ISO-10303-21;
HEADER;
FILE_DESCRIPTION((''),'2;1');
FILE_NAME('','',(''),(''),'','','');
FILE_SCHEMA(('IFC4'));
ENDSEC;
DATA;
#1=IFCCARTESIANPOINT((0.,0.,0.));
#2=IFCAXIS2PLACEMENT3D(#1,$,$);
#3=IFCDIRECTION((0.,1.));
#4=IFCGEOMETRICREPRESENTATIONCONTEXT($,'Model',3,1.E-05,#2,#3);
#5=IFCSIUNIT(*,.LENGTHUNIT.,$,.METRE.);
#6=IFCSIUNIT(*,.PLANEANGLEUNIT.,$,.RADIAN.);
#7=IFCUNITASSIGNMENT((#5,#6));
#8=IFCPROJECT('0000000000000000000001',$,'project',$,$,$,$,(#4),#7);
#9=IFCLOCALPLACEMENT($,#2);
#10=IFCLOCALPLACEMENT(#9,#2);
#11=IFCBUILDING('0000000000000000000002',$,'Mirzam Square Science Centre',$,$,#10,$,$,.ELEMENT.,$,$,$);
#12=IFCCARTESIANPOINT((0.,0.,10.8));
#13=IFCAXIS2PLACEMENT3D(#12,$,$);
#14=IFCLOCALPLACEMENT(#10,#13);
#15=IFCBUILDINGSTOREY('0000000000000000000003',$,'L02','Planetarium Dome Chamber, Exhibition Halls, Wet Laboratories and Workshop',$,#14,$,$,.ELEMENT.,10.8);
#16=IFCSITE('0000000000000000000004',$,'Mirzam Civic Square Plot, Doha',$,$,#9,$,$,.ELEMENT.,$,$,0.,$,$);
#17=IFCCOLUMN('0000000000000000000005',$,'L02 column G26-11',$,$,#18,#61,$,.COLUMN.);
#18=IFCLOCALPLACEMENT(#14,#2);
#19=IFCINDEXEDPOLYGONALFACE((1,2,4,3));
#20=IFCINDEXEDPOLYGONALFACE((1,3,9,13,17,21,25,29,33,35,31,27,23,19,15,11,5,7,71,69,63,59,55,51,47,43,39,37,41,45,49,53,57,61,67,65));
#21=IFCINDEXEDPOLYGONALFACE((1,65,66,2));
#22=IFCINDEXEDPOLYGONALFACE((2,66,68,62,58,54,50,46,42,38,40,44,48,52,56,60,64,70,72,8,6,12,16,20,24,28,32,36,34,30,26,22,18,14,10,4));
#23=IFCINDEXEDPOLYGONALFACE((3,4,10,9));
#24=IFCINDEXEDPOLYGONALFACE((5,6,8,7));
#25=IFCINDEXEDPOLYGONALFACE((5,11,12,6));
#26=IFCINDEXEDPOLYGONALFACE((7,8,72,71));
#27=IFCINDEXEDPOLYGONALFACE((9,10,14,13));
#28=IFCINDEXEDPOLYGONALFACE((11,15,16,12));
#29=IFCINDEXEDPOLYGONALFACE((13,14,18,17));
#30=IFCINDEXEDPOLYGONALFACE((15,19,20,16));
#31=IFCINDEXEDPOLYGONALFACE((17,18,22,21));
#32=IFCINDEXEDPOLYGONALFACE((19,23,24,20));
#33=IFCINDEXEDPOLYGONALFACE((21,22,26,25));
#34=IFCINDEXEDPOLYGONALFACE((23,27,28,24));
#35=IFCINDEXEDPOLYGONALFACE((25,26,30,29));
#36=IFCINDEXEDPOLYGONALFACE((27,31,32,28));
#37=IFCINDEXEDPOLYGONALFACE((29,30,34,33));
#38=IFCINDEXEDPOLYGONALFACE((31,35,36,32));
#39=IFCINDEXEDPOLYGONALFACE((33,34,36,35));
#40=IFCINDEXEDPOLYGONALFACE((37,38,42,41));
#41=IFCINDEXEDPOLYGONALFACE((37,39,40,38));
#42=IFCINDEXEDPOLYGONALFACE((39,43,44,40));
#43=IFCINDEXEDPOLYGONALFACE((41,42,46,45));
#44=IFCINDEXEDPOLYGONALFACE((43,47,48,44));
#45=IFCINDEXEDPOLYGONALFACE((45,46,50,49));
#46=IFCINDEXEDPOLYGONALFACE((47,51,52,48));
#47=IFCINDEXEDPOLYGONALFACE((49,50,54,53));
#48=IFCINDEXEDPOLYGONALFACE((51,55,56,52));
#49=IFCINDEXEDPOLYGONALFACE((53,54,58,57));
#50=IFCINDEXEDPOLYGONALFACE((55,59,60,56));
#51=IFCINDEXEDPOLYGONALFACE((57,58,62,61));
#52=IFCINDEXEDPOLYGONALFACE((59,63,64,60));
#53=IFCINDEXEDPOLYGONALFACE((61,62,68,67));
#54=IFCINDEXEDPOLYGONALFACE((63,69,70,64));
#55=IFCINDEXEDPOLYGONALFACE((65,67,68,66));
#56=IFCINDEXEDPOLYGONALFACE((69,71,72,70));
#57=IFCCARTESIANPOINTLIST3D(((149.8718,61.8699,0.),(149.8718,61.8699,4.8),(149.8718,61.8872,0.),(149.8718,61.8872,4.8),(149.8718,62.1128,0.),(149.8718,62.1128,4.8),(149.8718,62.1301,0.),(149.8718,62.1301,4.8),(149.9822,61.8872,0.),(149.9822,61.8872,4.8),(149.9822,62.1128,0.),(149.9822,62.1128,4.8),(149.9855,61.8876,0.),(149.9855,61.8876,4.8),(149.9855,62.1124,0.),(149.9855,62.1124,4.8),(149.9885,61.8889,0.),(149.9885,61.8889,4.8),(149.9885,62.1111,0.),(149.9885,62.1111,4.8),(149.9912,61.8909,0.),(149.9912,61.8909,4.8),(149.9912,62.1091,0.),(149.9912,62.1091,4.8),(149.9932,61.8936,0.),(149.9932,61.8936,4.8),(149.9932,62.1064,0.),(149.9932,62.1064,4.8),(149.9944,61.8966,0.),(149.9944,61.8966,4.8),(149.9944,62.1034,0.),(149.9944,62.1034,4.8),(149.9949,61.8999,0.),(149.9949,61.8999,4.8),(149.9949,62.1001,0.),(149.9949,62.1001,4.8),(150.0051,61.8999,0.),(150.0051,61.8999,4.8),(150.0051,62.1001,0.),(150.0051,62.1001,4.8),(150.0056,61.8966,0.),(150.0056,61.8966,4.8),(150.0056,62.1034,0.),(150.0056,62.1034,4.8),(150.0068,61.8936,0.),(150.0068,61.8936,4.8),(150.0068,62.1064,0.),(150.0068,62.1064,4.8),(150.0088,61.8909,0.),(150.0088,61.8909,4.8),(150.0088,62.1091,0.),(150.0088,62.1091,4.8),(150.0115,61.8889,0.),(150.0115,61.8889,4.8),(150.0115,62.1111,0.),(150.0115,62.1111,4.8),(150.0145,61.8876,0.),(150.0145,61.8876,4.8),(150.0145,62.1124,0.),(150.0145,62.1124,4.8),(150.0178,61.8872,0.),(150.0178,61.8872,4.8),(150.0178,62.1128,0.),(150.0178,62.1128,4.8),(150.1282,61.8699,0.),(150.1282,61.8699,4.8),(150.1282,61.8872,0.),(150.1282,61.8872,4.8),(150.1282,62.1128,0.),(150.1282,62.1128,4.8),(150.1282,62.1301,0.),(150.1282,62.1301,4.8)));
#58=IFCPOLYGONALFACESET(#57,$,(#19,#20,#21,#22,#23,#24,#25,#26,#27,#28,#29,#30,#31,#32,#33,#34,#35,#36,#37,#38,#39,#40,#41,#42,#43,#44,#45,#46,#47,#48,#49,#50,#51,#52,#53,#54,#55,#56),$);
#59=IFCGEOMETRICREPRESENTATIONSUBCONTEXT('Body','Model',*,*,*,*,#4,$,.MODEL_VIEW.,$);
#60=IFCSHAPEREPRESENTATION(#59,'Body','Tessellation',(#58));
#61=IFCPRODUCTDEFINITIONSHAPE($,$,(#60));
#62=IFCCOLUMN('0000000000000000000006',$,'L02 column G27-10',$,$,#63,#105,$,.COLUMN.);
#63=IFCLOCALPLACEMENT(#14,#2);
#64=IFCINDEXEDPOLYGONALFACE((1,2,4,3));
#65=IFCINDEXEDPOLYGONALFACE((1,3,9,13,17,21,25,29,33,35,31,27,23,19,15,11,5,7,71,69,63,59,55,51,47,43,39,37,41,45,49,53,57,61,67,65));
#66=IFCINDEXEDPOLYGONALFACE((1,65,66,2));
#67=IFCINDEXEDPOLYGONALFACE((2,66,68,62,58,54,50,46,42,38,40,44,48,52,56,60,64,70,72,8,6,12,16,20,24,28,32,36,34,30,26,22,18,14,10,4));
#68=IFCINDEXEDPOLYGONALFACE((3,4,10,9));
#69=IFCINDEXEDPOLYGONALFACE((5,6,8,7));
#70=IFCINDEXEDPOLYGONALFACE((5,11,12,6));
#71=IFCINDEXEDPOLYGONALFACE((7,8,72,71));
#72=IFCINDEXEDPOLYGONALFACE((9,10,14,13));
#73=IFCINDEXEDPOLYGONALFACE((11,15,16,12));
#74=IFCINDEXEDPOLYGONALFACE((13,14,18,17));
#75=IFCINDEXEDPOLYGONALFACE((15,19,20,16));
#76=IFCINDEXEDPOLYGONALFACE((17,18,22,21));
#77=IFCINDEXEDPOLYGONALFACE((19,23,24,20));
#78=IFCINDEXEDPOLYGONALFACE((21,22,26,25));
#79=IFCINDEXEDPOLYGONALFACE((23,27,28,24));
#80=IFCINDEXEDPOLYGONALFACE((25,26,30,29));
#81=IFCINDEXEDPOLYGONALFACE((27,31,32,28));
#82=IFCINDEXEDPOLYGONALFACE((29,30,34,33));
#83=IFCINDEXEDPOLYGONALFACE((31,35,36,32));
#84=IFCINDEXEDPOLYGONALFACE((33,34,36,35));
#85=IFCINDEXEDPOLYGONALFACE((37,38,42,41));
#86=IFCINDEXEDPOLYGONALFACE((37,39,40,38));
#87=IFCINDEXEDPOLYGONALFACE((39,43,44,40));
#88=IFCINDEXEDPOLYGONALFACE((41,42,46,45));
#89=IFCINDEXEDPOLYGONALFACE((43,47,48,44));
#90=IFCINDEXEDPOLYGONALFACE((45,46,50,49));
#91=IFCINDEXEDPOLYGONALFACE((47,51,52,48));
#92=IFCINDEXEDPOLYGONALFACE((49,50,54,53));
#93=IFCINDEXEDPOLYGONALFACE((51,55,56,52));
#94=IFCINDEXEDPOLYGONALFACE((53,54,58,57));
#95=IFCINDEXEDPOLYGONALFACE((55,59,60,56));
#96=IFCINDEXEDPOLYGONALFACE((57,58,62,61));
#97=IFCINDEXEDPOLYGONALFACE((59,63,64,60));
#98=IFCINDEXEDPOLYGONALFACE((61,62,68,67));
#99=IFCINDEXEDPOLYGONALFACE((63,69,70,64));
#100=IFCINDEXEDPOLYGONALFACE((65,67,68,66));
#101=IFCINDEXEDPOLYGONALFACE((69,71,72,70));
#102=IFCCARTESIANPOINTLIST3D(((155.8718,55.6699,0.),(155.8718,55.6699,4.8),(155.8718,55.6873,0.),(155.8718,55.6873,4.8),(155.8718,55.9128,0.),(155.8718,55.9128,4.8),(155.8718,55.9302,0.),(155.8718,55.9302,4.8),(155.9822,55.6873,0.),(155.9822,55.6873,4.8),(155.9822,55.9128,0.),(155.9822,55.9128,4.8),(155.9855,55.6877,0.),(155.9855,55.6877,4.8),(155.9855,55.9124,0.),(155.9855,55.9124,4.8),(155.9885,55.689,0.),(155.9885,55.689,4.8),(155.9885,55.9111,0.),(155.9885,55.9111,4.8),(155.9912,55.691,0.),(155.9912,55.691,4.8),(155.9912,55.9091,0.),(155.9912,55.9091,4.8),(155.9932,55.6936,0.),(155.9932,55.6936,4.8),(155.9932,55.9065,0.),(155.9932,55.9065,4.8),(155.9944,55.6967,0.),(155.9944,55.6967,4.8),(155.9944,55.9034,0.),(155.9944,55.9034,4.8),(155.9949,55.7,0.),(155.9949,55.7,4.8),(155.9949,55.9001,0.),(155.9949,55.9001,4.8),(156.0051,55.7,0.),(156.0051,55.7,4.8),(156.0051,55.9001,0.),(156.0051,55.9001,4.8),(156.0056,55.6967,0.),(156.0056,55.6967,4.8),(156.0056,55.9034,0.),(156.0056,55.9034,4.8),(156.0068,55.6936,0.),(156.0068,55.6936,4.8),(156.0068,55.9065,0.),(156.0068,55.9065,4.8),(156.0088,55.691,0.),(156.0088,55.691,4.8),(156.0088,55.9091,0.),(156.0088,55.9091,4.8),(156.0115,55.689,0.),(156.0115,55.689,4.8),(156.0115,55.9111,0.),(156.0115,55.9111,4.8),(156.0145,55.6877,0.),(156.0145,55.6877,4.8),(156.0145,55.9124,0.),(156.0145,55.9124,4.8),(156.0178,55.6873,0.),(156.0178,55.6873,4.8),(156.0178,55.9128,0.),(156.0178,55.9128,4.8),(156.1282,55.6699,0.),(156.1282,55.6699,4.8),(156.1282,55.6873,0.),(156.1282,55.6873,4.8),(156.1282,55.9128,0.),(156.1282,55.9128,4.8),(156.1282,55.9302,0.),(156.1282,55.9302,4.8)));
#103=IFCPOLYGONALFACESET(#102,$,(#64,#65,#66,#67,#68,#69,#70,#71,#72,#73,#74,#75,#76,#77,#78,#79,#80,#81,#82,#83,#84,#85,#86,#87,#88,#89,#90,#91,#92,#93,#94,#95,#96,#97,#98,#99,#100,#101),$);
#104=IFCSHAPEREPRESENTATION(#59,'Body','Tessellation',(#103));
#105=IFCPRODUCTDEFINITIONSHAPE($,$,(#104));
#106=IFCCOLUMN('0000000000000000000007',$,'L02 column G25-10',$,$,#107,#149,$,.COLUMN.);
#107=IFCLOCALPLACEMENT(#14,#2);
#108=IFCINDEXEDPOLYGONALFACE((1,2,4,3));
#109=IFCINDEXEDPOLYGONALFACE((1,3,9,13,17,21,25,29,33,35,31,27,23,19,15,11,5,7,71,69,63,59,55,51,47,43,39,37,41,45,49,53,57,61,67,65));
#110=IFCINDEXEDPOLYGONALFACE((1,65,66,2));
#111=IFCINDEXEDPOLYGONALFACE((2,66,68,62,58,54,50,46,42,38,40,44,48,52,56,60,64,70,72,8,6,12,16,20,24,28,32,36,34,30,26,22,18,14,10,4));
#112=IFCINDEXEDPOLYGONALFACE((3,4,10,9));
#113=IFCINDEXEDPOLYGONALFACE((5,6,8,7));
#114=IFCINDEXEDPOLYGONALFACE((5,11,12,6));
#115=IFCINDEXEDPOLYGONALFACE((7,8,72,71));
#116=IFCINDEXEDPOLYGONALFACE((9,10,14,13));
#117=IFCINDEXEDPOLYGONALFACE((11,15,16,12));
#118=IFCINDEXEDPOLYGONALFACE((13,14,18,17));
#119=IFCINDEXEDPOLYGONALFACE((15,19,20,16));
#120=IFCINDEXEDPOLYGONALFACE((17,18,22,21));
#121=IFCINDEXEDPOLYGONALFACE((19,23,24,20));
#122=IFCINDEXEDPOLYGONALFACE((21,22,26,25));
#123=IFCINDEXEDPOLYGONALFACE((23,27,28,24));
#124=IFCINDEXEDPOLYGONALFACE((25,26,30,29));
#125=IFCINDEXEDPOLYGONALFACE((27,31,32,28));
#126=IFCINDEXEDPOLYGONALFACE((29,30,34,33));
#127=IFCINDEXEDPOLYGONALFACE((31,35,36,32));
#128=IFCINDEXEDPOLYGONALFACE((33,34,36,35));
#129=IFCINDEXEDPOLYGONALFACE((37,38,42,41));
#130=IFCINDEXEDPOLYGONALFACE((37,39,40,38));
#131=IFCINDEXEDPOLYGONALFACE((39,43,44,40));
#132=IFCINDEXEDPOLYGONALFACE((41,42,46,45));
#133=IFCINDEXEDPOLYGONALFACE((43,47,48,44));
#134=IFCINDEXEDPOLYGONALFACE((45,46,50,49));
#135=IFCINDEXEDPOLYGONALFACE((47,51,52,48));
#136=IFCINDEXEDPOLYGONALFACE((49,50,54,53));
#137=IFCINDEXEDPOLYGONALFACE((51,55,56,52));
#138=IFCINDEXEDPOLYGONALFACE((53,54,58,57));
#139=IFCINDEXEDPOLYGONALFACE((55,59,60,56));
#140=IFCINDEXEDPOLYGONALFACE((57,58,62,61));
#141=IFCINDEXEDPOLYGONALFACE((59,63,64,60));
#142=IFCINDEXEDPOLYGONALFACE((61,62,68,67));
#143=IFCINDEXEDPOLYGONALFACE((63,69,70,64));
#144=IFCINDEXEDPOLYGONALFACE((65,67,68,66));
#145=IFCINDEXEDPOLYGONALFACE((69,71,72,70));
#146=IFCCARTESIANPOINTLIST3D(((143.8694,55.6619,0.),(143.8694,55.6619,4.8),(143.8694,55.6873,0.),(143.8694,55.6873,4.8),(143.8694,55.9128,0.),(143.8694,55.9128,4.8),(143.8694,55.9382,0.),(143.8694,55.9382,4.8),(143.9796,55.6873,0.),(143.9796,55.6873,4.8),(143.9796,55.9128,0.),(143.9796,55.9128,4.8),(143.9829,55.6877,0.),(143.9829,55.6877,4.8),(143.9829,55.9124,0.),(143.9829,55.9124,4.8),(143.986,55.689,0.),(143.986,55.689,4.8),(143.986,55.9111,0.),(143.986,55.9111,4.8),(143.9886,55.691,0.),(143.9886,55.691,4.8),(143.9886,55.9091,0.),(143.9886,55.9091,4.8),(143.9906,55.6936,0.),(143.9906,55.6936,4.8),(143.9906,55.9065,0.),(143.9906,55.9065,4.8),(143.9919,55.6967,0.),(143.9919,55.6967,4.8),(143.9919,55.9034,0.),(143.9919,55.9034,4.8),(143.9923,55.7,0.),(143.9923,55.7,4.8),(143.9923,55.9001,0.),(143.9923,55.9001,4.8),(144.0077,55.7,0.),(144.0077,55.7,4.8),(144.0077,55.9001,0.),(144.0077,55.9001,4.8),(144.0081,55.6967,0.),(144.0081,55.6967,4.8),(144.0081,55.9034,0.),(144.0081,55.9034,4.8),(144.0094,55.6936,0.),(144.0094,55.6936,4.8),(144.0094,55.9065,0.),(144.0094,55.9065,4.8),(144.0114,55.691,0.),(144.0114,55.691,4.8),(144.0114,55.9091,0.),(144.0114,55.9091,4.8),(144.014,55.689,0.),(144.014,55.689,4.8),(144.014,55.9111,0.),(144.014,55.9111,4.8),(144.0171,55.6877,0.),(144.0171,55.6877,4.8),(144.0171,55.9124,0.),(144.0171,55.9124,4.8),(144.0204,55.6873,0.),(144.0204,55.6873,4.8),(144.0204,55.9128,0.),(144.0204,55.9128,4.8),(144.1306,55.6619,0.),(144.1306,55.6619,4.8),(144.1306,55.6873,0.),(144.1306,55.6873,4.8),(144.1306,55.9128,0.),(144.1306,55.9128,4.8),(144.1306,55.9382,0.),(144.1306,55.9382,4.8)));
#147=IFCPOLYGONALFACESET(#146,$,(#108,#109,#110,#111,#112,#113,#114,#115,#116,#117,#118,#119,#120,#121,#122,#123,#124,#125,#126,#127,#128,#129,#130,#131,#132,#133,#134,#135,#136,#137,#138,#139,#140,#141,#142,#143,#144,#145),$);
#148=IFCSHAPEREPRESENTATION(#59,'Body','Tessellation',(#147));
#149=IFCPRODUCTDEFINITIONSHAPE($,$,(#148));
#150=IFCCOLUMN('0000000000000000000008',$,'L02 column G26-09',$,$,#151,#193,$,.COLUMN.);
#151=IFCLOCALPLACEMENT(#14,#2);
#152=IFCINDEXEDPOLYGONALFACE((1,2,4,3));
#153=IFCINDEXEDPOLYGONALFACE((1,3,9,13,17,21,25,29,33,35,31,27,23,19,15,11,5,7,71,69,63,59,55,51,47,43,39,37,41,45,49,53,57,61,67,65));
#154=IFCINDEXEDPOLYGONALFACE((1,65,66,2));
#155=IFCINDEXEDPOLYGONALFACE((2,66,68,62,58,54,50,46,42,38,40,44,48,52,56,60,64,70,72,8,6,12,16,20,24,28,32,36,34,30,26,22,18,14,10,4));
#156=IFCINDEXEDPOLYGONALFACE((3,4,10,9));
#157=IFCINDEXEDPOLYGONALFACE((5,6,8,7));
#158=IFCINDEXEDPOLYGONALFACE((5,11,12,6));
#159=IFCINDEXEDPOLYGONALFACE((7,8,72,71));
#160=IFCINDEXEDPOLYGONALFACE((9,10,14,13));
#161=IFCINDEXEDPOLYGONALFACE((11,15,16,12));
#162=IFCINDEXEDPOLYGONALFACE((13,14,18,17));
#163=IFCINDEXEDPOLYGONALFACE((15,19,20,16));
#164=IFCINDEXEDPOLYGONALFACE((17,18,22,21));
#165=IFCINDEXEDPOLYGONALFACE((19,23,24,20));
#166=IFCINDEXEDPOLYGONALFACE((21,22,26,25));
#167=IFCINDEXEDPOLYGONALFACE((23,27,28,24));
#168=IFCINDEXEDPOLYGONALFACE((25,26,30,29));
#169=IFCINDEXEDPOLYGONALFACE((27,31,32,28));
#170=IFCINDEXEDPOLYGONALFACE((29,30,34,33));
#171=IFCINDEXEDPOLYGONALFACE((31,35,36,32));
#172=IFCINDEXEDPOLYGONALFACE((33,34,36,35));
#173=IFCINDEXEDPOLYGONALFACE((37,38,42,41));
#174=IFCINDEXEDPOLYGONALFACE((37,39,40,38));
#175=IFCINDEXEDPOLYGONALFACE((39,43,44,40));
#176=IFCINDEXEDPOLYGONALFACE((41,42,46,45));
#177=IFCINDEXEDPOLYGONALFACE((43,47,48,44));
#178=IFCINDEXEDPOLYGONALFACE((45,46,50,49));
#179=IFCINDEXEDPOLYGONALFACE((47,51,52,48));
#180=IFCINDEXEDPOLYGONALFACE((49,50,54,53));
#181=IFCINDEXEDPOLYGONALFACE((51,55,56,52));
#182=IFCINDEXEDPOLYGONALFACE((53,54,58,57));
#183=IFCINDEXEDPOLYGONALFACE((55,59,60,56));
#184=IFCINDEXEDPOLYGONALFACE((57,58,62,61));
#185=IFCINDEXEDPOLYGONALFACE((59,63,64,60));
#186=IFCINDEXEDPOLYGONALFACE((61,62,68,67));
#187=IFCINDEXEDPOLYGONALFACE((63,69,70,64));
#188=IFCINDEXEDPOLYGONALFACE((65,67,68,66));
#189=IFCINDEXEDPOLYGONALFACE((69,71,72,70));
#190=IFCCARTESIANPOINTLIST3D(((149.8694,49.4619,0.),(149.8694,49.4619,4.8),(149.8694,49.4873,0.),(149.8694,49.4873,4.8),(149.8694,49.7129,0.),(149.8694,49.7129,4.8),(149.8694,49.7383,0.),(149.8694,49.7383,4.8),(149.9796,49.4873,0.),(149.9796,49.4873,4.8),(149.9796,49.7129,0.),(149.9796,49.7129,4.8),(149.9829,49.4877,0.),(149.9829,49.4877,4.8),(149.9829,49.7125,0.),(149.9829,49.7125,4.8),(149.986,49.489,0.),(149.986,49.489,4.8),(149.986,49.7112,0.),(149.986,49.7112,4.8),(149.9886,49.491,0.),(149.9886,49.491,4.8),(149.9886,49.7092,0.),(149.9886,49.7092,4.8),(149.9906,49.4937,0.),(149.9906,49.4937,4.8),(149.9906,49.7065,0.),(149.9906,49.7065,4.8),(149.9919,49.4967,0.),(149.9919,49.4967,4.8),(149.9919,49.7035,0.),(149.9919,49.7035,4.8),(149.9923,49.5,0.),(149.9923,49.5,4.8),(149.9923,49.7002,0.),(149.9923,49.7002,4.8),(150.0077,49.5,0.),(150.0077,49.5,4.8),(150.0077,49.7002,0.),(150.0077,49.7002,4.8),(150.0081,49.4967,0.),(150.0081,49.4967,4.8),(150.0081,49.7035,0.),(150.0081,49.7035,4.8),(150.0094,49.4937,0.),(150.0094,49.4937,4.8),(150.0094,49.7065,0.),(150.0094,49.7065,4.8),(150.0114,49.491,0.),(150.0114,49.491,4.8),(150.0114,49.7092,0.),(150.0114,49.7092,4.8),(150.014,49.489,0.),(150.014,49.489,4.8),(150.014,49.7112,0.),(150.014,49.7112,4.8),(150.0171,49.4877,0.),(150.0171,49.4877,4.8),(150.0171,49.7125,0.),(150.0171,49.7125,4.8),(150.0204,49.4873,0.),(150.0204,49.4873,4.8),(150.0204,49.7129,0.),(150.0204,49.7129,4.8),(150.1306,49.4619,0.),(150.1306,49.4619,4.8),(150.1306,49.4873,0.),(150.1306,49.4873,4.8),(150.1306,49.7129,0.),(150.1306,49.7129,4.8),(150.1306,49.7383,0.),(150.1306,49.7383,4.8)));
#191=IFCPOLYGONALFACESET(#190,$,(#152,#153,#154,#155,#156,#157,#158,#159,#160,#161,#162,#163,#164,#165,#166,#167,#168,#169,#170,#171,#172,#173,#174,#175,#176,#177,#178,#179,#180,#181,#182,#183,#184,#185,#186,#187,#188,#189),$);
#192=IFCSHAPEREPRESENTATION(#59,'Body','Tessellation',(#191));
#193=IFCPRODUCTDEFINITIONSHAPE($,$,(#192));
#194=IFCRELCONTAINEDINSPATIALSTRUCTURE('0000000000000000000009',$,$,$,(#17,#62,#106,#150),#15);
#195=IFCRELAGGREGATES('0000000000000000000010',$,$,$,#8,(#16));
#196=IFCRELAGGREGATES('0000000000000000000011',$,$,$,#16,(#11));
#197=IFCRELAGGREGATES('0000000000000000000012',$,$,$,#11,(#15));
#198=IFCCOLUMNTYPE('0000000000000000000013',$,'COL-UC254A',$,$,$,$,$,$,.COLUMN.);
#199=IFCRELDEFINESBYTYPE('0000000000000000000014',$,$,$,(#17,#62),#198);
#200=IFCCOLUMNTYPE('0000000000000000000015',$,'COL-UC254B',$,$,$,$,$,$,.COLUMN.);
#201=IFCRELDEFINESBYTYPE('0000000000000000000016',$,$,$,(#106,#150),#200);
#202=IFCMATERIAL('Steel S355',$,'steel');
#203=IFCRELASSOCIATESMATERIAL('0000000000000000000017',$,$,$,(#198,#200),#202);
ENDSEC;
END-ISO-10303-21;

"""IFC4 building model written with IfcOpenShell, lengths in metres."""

from ifc_helpers import new_model, si_unit, direction, frame, origin, origin_2d, place, context, subcontext, project, spatial, i_section, extrude, material, material_profile, profile_set, type_object, element, save


model = new_model("IFC4")

# Units and contexts
model_context = context("Model", 3, precision=1e-05, world=origin(), true_north=direction((0.0, 1.0)))
body_context = subcontext(model_context, "Body", "Model", "MODEL_VIEW")
ifc_project = project(units=[si_unit("LENGTHUNIT", "METRE"), si_unit("PLANEANGLEUNIT", "RADIAN")], contexts=[model_context])

# Site, building, storey
site_placement = place(None, origin())
site = spatial("IfcSite", under=ifc_project, at=site_placement, Name="Mirzam Civic Square Plot, Doha", CompositionType="ELEMENT", RefElevation=0.0)
building_placement = place(site_placement, origin())
building = spatial("IfcBuilding", under=site, at=building_placement, Name="Mirzam Square Science Centre", CompositionType="ELEMENT")
storey_placement = place(building_placement, frame((0.0, 0.0, 10.8)))
storey = spatial("IfcBuildingStorey", under=building, at=storey_placement, Name="L02", Description="Planetarium Dome Chamber, Exhibition Halls, Wet Laboratories and Workshop", CompositionType="ELEMENT", Elevation=10.8)

# Columns
ifc_material_1 = material(Name="Steel S355", Category="steel")
ifc_material_profile_1 = material_profile(ifc_material_1, i_section(OverallWidth=0.2563, OverallDepth=0.2603, WebThickness=0.0103, FlangeThickness=0.0173, FilletRadius=0.0127, at=origin_2d()), Name="254x254x89UC")
ifc_profile_set_1 = profile_set([ifc_material_profile_1], Name="Steel S355")
column_type_1 = type_object("IfcColumnType", Name="COL-UC254A", PredefinedType="COLUMN", material=ifc_profile_set_1)
for number, where, z_axis, x_axis, name in (
    (1, (150.0, 62.0, 0.0), (0.0, 0.0, 1.0), (1.0, 0.0, 0.0), "L02 column G26-11"),
    (2, (156.0, 55.8, 0.0), (0.0, 0.0, 1.0), (1.0, 0.0, 0.0), "L02 column G27-10"),
):
    element("IfcColumn", number, at=place(storey_placement, frame(where, z_axis=z_axis, x_axis=x_axis)), inside=storey, type_object=column_type_1, Name=name, PredefinedType="COLUMN", context=body_context, shape_type="SweptSolid", body=[
        extrude(i_section(OverallWidth=0.2563, OverallDepth=0.2603, WebThickness=0.0103, FlangeThickness=0.0173, FilletRadius=0.0127, at=origin_2d()), origin(), (0.0, 0.0, 1.0), 4.8),
    ])
ifc_material_profile_2 = material_profile(ifc_material_1, i_section(OverallWidth=0.2612, OverallDepth=0.2764, WebThickness=0.0154, FlangeThickness=0.0254, FilletRadius=0.0127, at=origin_2d()), Name="254x254x132UC")
ifc_profile_set_2 = profile_set([ifc_material_profile_2], Name="Steel S355")
column_type_2 = type_object("IfcColumnType", Name="COL-UC254B", PredefinedType="COLUMN", material=ifc_profile_set_2)
for number, where, z_axis, x_axis, name in (
    (3, (144.0, 55.8, 0.0), (0.0, 0.0, 1.0), (1.0, 0.0, 0.0), "L02 column G25-10"),
    (4, (150.0, 49.6001, 0.0), (0.0, 0.0, 1.0), (1.0, 0.0, 0.0), "L02 column G26-09"),
):
    element("IfcColumn", number, at=place(storey_placement, frame(where, z_axis=z_axis, x_axis=x_axis)), inside=storey, type_object=column_type_2, Name=name, PredefinedType="COLUMN", context=body_context, shape_type="SweptSolid", body=[
        extrude(i_section(OverallWidth=0.2612, OverallDepth=0.2764, WebThickness=0.0154, FlangeThickness=0.0254, FilletRadius=0.0127, at=origin_2d()), origin(), (0.0, 0.0, 1.0), 4.8),
    ])

save(model, "model.ifc")
